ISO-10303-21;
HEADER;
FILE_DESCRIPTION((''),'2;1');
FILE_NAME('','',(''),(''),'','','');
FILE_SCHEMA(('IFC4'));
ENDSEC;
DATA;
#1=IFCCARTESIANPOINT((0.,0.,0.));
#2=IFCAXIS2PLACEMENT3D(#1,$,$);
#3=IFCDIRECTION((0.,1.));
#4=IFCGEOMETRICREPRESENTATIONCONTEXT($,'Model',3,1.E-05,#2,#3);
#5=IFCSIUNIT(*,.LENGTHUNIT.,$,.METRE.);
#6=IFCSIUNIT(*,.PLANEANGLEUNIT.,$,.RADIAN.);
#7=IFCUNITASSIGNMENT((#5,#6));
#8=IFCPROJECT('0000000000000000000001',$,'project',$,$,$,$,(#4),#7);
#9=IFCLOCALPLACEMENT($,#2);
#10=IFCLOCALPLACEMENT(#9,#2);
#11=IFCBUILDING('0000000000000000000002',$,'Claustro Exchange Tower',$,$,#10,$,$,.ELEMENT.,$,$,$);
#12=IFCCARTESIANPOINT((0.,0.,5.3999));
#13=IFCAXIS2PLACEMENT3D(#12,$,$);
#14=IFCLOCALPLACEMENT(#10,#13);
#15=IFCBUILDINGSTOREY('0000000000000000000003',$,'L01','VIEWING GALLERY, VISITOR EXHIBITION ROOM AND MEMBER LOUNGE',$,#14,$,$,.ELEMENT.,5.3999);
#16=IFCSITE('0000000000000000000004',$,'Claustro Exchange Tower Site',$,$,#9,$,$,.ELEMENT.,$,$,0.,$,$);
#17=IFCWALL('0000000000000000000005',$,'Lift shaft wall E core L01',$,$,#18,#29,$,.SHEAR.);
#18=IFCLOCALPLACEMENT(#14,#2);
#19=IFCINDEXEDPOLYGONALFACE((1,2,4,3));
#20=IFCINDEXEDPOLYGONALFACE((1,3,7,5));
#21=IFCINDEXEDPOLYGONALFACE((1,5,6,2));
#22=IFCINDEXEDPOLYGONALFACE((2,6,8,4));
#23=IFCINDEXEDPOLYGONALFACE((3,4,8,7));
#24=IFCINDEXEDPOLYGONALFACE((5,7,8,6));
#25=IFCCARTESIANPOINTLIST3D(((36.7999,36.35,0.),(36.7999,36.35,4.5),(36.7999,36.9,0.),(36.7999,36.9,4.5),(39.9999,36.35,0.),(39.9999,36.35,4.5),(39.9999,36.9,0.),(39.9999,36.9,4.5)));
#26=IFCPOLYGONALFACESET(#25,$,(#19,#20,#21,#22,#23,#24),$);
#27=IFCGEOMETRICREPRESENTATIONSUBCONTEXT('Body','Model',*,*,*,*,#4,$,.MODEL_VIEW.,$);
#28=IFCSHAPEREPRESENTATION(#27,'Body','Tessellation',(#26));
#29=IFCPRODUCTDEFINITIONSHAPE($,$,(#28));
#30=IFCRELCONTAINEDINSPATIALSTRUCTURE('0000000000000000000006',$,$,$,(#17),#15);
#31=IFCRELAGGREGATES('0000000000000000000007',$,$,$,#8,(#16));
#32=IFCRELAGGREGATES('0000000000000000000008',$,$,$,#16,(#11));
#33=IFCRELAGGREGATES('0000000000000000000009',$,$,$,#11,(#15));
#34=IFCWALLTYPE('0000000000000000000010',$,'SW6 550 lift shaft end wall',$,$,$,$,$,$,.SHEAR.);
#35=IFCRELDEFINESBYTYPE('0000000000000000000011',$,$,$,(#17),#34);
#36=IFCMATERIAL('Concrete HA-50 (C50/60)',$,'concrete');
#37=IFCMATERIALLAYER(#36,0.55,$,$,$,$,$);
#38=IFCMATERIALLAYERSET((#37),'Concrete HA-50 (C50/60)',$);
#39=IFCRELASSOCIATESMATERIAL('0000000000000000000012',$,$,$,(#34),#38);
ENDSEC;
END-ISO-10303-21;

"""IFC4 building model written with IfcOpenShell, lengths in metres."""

from ifc_helpers import new_model, si_unit, direction, frame, frame_2d, origin, place, context, subcontext, project, spatial, rectangle, extrude, material, layer, layer_set, type_object, element, save


model = new_model("IFC4")

# Units and contexts
model_context = context("Model", 3, precision=1e-05, world=origin(), true_north=direction((0.0, 1.0)))
body_context = subcontext(model_context, "Body", "Model", "MODEL_VIEW")
ifc_project = project(units=[si_unit("LENGTHUNIT", "METRE"), si_unit("PLANEANGLEUNIT", "RADIAN")], contexts=[model_context])

# Site, building, storey
site_placement = place(None, origin())
site = spatial("IfcSite", under=ifc_project, at=site_placement, Name="Claustro Exchange Tower Site", CompositionType="ELEMENT", RefElevation=0.0)
building_placement = place(site_placement, origin())
building = spatial("IfcBuilding", under=site, at=building_placement, Name="Claustro Exchange Tower", CompositionType="ELEMENT")
storey_placement = place(building_placement, frame((0.0, 0.0, 5.3999)))
storey = spatial("IfcBuildingStorey", under=building, at=storey_placement, Name="L01", Description="VIEWING GALLERY, VISITOR EXHIBITION ROOM AND MEMBER LOUNGE", CompositionType="ELEMENT", Elevation=5.3999)

# Wall
ifc_material_1 = material(Name="Concrete HA-50 (C50/60)", Category="concrete")
ifc_layer_1 = layer(ifc_material_1, 0.55)
ifc_layer_set_1 = layer_set([ifc_layer_1], Name="Concrete HA-50 (C50/60)")
wall_type_1 = type_object("IfcWallType", Name="SW6 550 lift shaft end wall", PredefinedType="SHEAR", material=ifc_layer_set_1)
wall_1_placement = place(storey_placement, frame((40.0, 36.625, 0.0), z_axis=(0.0, 0.0, 1.0), x_axis=(-1.0, 0.0, 0.0)))
element("IfcWall", 1, at=wall_1_placement, inside=storey, type_object=wall_type_1, Name="Lift shaft wall E core L01", PredefinedType="SHEAR", context=body_context, shape_type="SweptSolid", body=[
    extrude(rectangle(XDim=3.2, YDim=0.55, at=frame_2d((1.6001, 0.0))), origin(), (0.0, 0.0, 1.0), 4.5),
])

save(model, "model.ifc")
